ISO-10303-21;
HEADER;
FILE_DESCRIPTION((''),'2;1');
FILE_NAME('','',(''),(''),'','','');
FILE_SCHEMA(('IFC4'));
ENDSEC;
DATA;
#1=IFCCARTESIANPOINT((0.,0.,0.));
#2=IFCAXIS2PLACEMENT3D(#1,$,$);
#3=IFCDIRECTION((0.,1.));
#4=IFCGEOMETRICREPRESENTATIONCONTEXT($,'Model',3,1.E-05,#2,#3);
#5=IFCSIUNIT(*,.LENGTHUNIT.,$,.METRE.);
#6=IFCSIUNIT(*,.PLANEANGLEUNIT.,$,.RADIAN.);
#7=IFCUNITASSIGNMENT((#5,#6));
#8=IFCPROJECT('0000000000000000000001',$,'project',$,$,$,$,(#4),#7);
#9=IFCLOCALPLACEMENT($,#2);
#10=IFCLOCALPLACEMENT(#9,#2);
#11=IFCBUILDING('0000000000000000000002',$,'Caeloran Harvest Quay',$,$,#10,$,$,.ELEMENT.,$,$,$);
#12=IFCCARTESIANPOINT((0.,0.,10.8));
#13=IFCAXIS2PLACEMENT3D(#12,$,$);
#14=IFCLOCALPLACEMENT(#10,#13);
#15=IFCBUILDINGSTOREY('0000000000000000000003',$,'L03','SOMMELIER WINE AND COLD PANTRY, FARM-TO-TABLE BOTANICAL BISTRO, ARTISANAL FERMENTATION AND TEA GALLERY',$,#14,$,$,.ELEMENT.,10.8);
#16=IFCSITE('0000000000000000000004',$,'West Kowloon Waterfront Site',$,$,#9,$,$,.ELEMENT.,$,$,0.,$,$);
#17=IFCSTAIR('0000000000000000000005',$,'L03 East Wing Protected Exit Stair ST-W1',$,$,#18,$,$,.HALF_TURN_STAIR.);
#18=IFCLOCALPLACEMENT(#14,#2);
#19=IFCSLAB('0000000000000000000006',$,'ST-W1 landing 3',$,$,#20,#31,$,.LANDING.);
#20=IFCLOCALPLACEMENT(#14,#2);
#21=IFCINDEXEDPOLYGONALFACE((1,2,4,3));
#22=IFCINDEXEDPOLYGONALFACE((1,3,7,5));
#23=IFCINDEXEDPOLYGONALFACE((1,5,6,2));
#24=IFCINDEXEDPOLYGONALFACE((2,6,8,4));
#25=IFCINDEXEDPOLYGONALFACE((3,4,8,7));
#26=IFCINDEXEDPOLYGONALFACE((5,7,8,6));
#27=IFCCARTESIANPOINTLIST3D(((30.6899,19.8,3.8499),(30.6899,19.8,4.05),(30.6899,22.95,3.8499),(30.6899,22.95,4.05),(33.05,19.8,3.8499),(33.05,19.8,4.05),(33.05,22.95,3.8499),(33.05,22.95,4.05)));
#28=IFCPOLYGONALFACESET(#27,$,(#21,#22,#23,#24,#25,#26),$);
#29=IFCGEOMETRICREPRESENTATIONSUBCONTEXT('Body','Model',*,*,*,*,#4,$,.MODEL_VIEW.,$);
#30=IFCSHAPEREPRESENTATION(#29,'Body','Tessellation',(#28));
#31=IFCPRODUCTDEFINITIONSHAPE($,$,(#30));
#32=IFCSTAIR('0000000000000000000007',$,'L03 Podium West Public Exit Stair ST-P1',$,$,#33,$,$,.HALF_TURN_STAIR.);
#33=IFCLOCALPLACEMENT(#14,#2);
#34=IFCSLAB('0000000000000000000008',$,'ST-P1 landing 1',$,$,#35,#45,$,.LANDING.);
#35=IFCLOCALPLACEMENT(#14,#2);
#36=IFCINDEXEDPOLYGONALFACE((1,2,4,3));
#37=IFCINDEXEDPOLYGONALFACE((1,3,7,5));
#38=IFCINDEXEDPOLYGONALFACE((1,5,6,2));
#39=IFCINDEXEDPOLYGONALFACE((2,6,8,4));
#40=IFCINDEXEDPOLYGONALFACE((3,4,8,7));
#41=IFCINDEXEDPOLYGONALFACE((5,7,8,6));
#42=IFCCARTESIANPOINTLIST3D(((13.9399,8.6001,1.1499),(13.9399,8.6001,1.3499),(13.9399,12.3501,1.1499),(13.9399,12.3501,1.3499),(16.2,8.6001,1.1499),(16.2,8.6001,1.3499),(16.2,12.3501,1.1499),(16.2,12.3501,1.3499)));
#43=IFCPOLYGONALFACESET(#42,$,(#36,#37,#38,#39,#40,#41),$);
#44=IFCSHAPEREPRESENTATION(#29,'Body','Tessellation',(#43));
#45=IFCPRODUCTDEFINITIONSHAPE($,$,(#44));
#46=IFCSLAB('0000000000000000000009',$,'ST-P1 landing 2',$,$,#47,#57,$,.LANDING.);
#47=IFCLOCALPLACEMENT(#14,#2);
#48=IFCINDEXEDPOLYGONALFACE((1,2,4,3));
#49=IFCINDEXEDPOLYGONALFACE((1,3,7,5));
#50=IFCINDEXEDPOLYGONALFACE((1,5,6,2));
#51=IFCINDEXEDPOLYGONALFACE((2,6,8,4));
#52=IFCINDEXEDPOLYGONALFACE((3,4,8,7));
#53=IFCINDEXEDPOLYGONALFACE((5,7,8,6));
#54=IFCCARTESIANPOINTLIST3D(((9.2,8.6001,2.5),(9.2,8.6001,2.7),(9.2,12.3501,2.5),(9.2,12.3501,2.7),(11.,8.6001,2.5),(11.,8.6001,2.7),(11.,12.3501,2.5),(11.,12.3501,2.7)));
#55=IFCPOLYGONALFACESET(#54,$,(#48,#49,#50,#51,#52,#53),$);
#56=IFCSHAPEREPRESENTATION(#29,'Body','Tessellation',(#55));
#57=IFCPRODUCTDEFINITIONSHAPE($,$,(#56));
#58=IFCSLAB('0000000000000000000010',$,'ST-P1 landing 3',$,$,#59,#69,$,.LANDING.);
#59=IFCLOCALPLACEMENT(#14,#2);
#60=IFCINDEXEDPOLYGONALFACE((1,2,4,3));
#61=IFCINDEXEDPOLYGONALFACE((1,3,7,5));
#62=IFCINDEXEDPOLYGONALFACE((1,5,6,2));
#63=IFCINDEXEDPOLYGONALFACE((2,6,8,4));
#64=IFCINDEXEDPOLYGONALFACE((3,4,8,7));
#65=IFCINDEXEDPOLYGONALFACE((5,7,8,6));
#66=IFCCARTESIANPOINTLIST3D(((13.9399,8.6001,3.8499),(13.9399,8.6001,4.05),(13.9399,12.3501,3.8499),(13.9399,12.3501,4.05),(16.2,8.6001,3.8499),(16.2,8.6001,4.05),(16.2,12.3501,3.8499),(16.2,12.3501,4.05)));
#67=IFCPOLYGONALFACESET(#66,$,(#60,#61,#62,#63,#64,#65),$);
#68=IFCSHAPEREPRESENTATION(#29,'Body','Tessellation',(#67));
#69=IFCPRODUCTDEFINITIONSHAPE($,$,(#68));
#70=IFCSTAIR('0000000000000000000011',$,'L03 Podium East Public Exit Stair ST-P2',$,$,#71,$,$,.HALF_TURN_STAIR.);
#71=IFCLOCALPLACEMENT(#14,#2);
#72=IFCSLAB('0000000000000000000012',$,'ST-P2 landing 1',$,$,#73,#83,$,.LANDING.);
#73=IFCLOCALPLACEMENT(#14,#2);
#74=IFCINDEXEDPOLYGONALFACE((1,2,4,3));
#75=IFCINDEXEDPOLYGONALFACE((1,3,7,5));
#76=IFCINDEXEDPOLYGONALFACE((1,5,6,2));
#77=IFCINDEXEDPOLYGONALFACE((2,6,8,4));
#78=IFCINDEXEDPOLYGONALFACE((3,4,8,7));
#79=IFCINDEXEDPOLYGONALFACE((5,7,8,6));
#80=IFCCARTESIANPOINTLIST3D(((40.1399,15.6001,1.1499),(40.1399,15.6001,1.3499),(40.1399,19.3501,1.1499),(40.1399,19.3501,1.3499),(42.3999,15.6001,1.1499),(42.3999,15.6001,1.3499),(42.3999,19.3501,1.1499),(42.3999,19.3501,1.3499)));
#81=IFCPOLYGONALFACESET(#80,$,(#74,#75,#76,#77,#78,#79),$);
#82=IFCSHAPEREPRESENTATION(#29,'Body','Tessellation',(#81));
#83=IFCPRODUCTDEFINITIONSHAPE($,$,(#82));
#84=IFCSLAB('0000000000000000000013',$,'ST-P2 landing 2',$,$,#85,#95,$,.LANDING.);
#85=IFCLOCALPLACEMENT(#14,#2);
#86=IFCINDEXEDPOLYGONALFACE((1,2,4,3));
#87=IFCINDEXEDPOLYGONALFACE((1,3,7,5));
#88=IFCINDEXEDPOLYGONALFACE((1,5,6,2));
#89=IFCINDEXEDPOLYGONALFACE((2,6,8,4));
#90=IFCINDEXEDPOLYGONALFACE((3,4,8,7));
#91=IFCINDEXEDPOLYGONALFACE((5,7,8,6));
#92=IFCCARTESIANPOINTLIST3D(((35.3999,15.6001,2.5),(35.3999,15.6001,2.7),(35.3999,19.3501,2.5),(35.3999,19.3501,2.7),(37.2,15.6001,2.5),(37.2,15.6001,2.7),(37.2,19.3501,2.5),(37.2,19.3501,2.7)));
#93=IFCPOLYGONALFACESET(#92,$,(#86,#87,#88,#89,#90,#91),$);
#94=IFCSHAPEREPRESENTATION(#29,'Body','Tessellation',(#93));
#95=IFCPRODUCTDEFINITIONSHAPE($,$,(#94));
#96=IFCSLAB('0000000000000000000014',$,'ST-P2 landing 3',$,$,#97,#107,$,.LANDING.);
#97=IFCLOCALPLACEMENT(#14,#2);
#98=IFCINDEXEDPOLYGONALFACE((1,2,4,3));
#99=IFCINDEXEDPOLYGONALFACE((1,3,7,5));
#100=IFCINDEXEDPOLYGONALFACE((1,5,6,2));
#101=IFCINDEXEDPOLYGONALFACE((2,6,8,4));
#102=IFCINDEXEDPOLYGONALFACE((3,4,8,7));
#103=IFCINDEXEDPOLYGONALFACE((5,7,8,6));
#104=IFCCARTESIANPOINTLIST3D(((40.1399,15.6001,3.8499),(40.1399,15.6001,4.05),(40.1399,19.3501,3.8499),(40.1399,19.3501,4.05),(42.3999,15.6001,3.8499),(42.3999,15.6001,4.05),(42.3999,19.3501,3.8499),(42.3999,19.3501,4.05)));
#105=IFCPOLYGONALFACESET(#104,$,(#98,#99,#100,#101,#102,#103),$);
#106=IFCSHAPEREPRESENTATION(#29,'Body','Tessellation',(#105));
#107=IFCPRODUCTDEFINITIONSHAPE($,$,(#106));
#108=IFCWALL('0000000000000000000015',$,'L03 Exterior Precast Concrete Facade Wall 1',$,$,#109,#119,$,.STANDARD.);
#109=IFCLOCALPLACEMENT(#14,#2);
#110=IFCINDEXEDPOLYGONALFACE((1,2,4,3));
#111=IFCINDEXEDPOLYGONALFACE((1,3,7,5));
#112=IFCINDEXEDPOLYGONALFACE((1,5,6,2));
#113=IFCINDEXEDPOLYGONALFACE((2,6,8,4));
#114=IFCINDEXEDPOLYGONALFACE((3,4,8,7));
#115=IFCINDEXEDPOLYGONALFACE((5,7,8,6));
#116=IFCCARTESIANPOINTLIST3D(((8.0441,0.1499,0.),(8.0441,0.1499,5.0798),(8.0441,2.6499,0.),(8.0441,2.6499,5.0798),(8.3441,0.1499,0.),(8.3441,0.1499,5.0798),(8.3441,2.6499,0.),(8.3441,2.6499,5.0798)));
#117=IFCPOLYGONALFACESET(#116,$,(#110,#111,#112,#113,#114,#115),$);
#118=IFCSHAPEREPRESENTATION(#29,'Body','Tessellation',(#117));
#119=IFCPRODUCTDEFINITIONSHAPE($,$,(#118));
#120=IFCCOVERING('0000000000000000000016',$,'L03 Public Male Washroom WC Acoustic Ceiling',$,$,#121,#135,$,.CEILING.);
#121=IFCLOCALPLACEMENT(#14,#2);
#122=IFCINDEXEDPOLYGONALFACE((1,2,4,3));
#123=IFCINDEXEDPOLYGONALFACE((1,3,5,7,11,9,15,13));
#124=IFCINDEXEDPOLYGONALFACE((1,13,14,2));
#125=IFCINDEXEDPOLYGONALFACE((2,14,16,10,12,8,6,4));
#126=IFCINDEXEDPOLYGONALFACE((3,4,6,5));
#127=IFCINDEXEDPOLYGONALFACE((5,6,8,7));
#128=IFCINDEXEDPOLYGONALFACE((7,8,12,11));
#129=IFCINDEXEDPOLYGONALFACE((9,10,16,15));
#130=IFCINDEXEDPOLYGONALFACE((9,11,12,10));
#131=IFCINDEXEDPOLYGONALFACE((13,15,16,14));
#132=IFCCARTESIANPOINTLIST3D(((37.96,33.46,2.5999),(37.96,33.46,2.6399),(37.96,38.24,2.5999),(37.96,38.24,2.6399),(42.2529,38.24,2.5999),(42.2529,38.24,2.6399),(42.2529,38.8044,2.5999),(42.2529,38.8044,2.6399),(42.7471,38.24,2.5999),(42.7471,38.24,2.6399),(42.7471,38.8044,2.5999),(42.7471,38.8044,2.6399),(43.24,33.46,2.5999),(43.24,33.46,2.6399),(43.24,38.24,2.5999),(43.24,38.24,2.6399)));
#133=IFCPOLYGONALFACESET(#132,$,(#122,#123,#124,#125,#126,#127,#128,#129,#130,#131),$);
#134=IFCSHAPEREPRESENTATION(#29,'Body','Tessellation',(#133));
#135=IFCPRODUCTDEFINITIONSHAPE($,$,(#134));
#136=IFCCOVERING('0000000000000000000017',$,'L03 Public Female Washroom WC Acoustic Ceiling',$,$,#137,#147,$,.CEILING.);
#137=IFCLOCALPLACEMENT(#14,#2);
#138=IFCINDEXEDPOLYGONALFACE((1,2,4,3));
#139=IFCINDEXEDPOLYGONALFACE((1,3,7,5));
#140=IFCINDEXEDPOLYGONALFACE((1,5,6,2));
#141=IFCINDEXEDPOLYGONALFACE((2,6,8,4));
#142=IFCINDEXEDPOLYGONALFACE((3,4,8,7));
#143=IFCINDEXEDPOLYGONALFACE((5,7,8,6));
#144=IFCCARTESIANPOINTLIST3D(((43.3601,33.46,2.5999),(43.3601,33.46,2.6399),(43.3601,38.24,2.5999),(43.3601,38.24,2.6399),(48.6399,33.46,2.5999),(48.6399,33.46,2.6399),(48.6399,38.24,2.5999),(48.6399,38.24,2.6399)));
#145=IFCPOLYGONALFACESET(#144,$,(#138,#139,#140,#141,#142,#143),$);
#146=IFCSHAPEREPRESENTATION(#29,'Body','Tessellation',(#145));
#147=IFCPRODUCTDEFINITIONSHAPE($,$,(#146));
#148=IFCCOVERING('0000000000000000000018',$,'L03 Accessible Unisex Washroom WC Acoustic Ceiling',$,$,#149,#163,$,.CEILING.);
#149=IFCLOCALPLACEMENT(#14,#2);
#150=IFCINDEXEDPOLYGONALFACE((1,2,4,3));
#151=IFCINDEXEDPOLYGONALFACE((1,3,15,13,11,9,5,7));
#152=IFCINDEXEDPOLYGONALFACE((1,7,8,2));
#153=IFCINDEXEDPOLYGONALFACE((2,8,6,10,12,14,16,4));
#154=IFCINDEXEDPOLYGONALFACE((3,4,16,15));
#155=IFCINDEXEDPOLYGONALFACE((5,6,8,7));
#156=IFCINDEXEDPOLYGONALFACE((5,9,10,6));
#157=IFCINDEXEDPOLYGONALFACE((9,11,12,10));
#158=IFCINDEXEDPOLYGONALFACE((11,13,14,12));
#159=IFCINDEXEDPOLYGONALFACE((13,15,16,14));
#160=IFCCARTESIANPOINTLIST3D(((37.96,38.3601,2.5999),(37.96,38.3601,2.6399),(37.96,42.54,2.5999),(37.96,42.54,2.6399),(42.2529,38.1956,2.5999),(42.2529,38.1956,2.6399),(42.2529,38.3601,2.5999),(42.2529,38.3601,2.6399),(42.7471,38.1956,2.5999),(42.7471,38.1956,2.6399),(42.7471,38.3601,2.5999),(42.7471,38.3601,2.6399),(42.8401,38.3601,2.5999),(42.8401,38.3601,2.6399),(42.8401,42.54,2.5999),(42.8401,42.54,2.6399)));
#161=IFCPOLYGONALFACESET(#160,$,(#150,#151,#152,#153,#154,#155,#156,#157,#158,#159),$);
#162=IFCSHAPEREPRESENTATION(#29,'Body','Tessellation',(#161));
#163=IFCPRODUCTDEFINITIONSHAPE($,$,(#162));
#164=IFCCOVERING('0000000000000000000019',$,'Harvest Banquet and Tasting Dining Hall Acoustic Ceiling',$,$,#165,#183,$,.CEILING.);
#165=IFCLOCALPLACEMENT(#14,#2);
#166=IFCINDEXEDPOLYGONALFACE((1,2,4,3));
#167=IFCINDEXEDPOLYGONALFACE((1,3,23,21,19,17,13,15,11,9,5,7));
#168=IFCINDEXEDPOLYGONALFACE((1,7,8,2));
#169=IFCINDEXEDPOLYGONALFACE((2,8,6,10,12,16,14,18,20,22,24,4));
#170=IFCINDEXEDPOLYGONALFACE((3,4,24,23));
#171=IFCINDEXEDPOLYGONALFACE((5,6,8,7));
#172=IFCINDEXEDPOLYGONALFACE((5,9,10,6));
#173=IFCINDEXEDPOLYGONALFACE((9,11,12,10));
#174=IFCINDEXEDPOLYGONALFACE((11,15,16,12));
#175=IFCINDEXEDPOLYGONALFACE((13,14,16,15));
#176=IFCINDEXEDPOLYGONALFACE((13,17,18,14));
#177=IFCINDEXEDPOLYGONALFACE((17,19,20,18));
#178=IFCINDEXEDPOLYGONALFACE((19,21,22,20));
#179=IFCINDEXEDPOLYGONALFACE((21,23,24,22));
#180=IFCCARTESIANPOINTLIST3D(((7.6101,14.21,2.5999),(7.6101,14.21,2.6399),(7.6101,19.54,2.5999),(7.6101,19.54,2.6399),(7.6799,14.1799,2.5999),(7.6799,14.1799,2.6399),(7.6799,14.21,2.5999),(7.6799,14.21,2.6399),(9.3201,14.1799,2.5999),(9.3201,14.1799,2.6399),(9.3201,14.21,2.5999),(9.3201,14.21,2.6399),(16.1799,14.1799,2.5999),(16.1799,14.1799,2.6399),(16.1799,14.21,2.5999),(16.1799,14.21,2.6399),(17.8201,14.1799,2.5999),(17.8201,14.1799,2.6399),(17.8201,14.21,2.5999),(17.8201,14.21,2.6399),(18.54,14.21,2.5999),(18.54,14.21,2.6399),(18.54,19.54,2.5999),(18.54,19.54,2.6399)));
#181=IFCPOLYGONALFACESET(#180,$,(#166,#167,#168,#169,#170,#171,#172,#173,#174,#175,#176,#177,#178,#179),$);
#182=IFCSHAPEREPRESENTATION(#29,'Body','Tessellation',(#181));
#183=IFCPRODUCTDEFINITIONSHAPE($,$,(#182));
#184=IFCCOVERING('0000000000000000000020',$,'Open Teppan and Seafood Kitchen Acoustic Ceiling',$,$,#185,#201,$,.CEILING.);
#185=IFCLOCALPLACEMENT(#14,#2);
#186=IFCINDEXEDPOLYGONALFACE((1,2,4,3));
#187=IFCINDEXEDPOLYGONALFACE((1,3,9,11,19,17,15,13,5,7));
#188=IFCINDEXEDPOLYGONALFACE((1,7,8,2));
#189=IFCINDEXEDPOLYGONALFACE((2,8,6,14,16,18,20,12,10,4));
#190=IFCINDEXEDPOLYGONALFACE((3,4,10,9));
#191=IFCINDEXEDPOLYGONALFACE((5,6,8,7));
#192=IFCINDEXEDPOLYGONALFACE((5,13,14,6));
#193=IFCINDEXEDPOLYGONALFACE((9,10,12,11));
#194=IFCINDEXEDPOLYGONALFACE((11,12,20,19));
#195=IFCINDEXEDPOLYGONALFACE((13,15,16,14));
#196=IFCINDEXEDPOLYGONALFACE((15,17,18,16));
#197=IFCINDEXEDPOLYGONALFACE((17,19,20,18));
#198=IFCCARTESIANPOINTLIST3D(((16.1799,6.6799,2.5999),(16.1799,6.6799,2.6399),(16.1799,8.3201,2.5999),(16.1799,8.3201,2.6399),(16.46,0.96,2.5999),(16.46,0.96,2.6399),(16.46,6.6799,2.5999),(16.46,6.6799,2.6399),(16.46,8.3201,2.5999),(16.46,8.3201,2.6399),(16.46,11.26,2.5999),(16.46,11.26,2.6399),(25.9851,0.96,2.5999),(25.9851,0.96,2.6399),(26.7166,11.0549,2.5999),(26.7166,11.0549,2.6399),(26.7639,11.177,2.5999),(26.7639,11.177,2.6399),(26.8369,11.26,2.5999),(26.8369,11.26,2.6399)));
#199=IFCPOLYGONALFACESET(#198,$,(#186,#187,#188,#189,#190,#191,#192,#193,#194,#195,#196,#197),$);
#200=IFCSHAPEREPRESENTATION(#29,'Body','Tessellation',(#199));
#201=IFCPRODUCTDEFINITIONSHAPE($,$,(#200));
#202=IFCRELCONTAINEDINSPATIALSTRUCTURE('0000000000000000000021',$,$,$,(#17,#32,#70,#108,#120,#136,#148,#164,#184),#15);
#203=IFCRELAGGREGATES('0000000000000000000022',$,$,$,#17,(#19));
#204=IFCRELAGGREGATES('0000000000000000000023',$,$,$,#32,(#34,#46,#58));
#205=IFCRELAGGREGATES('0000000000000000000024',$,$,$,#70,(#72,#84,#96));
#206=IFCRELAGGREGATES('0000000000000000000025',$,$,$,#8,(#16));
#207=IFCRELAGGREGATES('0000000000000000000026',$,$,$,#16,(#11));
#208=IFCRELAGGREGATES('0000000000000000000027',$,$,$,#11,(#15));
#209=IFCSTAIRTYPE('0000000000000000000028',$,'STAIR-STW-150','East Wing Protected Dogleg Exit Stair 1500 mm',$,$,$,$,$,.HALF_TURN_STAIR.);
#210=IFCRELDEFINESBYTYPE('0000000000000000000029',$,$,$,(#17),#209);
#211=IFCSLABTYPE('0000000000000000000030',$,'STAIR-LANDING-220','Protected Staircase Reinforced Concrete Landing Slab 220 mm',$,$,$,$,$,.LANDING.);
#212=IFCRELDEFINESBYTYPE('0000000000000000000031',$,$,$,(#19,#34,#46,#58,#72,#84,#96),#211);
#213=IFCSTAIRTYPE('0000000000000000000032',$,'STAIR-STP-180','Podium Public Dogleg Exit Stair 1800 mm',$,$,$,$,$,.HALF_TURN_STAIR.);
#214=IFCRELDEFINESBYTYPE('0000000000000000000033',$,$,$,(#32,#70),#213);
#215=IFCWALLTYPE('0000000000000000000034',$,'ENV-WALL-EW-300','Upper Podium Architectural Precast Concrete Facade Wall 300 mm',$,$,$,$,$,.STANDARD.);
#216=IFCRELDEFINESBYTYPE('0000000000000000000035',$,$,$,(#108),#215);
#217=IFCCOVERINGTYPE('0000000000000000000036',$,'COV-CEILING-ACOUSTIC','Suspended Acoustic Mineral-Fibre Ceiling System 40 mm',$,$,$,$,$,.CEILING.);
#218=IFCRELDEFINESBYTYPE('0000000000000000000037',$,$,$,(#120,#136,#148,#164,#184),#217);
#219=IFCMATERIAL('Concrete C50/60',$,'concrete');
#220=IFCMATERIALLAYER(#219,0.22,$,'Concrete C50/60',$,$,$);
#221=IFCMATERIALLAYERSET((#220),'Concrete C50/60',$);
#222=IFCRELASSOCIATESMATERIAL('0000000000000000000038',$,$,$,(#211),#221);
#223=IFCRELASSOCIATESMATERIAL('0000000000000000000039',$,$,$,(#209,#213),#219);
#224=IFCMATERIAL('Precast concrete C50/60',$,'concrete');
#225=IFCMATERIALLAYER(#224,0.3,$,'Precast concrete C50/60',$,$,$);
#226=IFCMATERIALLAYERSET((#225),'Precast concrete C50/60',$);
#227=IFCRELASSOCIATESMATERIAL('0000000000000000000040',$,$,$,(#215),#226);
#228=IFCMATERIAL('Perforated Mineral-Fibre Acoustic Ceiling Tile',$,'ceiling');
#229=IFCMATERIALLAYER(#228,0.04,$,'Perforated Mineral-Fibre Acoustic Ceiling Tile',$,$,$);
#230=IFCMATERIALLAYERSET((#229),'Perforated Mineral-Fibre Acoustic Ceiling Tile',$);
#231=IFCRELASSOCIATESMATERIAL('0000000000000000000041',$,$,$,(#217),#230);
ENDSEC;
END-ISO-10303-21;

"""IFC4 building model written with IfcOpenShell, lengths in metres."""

from ifc_helpers import new_model, si_unit, direction, frame, frame_2d, origin, place, context, subcontext, project, spatial, polyline, rectangle, outline, extrude, material, layer, layer_set, type_object, element, aggregate, save


model = new_model("IFC4")

# Units and contexts
model_context = context("Model", 3, precision=1e-05, world=origin(), true_north=direction((0.0, 1.0)))
body_context = subcontext(model_context, "Body", "Model", "MODEL_VIEW")
ifc_project = project(units=[si_unit("LENGTHUNIT", "METRE"), si_unit("PLANEANGLEUNIT", "RADIAN")], contexts=[model_context])

# Site, building, storey
site_placement = place(None, origin())
site = spatial("IfcSite", under=ifc_project, at=site_placement, Name="West Kowloon Waterfront Site", CompositionType="ELEMENT", RefElevation=0.0)
building_placement = place(site_placement, origin())
building = spatial("IfcBuilding", under=site, at=building_placement, Name="Caeloran Harvest Quay", CompositionType="ELEMENT")
storey_placement = place(building_placement, frame((0.0, 0.0, 10.8)))
storey = spatial("IfcBuildingStorey", under=building, at=storey_placement, Name="L03", Description="SOMMELIER WINE AND COLD PANTRY, FARM-TO-TABLE BOTANICAL BISTRO, ARTISANAL FERMENTATION AND TEA GALLERY", CompositionType="ELEMENT", Elevation=10.8)

# Shared definitions
ifc_material_1 = material(Name="Concrete C50/60", Category="concrete")

# Stairs, slabs
ifc_layer_1 = layer(ifc_material_1, 0.22, Name="Concrete C50/60")
ifc_layer_set_1 = layer_set([ifc_layer_1], Name="Concrete C50/60")
slab_type_1 = type_object("IfcSlabType", Name="STAIR-LANDING-220", Description="Protected Staircase Reinforced Concrete Landing Slab 220 mm", PredefinedType="LANDING", material=ifc_layer_set_1)
stair_type_1 = type_object("IfcStairType", Name="STAIR-STW-150", Description="East Wing Protected Dogleg Exit Stair 1500 mm", PredefinedType="HALF_TURN_STAIR", material=ifc_material_1)
stair_1_placement = place(storey_placement, origin())
stair_1 = element("IfcStair", 1, at=stair_1_placement, inside=storey, type_object=stair_type_1, Name="L03 East Wing Protected Exit Stair ST-W1", PredefinedType="HALF_TURN_STAIR")
slab_1_placement = place(storey_placement, frame((0.0, 0.0, 3.8499)))
slab_1 = element("IfcSlab", 2, at=slab_1_placement, type_object=slab_type_1, Name="ST-W1 landing 3", PredefinedType="LANDING", context=body_context, shape_type="SweptSolid", body=[
    extrude(outline(polyline([(30.6899, 19.8), (33.05, 19.8), (33.05, 22.95), (30.6899, 22.95), (30.6899, 19.8)])), origin(), (0.0, 0.0, 1.0), 0.2002),
])
aggregate(stair_1, [slab_1])
stair_type_2 = type_object("IfcStairType", Name="STAIR-STP-180", Description="Podium Public Dogleg Exit Stair 1800 mm", PredefinedType="HALF_TURN_STAIR", material=ifc_material_1)
stair_2_placement = place(storey_placement, origin())
stair_2 = element("IfcStair", 3, at=stair_2_placement, inside=storey, type_object=stair_type_2, Name="L03 Podium West Public Exit Stair ST-P1", PredefinedType="HALF_TURN_STAIR")
slab_2_placement = place(storey_placement, frame((0.0, 0.0, 1.1499)))
slab_2 = element("IfcSlab", 4, at=slab_2_placement, type_object=slab_type_1, Name="ST-P1 landing 1", PredefinedType="LANDING", context=body_context, shape_type="SweptSolid", body=[
    extrude(outline(polyline([(13.9399, 8.6001), (16.2, 8.6001), (16.2, 12.3501), (13.9399, 12.3501), (13.9399, 8.6001)])), origin(), (0.0, 0.0, 1.0), 0.2),
])
slab_3_placement = place(storey_placement, frame((0.0, 0.0, 2.5)))
slab_3 = element("IfcSlab", 5, at=slab_3_placement, type_object=slab_type_1, Name="ST-P1 landing 2", PredefinedType="LANDING", context=body_context, shape_type="SweptSolid", body=[
    extrude(outline(polyline([(9.2, 8.6001), (11.0, 8.6001), (11.0, 12.3501), (9.2, 12.3501), (9.2, 8.6001)])), origin(), (0.0, 0.0, 1.0), 0.2),
])
slab_4_placement = place(storey_placement, frame((0.0, 0.0, 3.8499)))
slab_4 = element("IfcSlab", 6, at=slab_4_placement, type_object=slab_type_1, Name="ST-P1 landing 3", PredefinedType="LANDING", context=body_context, shape_type="SweptSolid", body=[
    extrude(outline(polyline([(13.9399, 8.6001), (16.2, 8.6001), (16.2, 12.3501), (13.9399, 12.3501), (13.9399, 8.6001)])), origin(), (0.0, 0.0, 1.0), 0.2002),
])
aggregate(stair_2, [slab_2, slab_3, slab_4])
stair_3_placement = place(storey_placement, origin())
stair_3 = element("IfcStair", 7, at=stair_3_placement, inside=storey, type_object=stair_type_2, Name="L03 Podium East Public Exit Stair ST-P2", PredefinedType="HALF_TURN_STAIR")
slab_5_placement = place(storey_placement, frame((0.0, 0.0, 1.1499)))
slab_5 = element("IfcSlab", 8, at=slab_5_placement, type_object=slab_type_1, Name="ST-P2 landing 1", PredefinedType="LANDING", context=body_context, shape_type="SweptSolid", body=[
    extrude(outline(polyline([(40.1399, 15.6001), (42.3999, 15.6001), (42.3999, 19.3501), (40.1399, 19.3501), (40.1399, 15.6001)])), origin(), (0.0, 0.0, 1.0), 0.2),
])
slab_6_placement = place(storey_placement, frame((0.0, 0.0, 2.5)))
slab_6 = element("IfcSlab", 9, at=slab_6_placement, type_object=slab_type_1, Name="ST-P2 landing 2", PredefinedType="LANDING", context=body_context, shape_type="SweptSolid", body=[
    extrude(outline(polyline([(35.3999, 15.6001), (37.2, 15.6001), (37.2, 19.3501), (35.3999, 19.3501), (35.3999, 15.6001)])), origin(), (0.0, 0.0, 1.0), 0.2),
])
slab_7_placement = place(storey_placement, frame((0.0, 0.0, 3.8499)))
slab_7 = element("IfcSlab", 10, at=slab_7_placement, type_object=slab_type_1, Name="ST-P2 landing 3", PredefinedType="LANDING", context=body_context, shape_type="SweptSolid", body=[
    extrude(outline(polyline([(40.1399, 15.6001), (42.3999, 15.6001), (42.3999, 19.3501), (40.1399, 19.3501), (40.1399, 15.6001)])), origin(), (0.0, 0.0, 1.0), 0.2002),
])
aggregate(stair_3, [slab_5, slab_6, slab_7])

# Wall
ifc_material_2 = material(Name="Precast concrete C50/60", Category="concrete")
ifc_layer_2 = layer(ifc_material_2, 0.3, Name="Precast concrete C50/60")
ifc_layer_set_2 = layer_set([ifc_layer_2], Name="Precast concrete C50/60")
wall_type = type_object("IfcWallType", Name="ENV-WALL-EW-300", Description="Upper Podium Architectural Precast Concrete Facade Wall 300 mm", PredefinedType="STANDARD", material=ifc_layer_set_2)
wall_placement = place(storey_placement, frame((8.1941, 0.1499, 0.0), z_axis=(0.0, 0.0, 1.0), x_axis=(0.0, 1.0, 0.0)))
element("IfcWall", 11, at=wall_placement, inside=storey, type_object=wall_type, Name="L03 Exterior Precast Concrete Facade Wall 1", PredefinedType="STANDARD", context=body_context, shape_type="SweptSolid", body=[
    extrude(rectangle(XDim=2.5, YDim=0.3, at=frame_2d((1.25, 0.0))), origin(), (0.0, 0.0, 1.0), 5.0798),
])

# Coverings
ifc_material_3 = material(Name="Perforated Mineral-Fibre Acoustic Ceiling Tile", Category="ceiling")
ifc_layer_3 = layer(ifc_material_3, 0.04, Name="Perforated Mineral-Fibre Acoustic Ceiling Tile")
ifc_layer_set_3 = layer_set([ifc_layer_3], Name="Perforated Mineral-Fibre Acoustic Ceiling Tile")
covering_type_1 = type_object("IfcCoveringType", Name="COV-CEILING-ACOUSTIC", Description="Suspended Acoustic Mineral-Fibre Ceiling System 40 mm", PredefinedType="CEILING", material=ifc_layer_set_3)
covering_1_placement = place(storey_placement, frame((0.0, 0.0, 2.5999)))
element("IfcCovering", 12, at=covering_1_placement, inside=storey, type_object=covering_type_1, Name="L03 Public Male Washroom WC Acoustic Ceiling", PredefinedType="CEILING", context=body_context, shape_type="SweptSolid", body=[
    extrude(outline(polyline([(43.24, 33.46), (37.96, 33.46), (37.96, 38.24), (42.2529, 38.24), (42.2529, 38.8044), (42.7471, 38.8044), (42.7471, 38.24), (43.24, 38.24), (43.24, 33.46)])), origin(), (0.0, 0.0, 1.0), 0.04),
])
covering_2_placement = place(storey_placement, frame((0.0, 0.0, 2.5999)))
element("IfcCovering", 13, at=covering_2_placement, inside=storey, type_object=covering_type_1, Name="L03 Public Female Washroom WC Acoustic Ceiling", PredefinedType="CEILING", context=body_context, shape_type="SweptSolid", body=[
    extrude(outline(polyline([(48.6399, 38.24), (48.6399, 33.46), (43.3601, 33.46), (43.3601, 38.24), (48.6399, 38.24)])), origin(), (0.0, 0.0, 1.0), 0.04),
])
covering_3_placement = place(storey_placement, frame((0.0, 0.0, 2.5999)))
element("IfcCovering", 14, at=covering_3_placement, inside=storey, type_object=covering_type_1, Name="L03 Accessible Unisex Washroom WC Acoustic Ceiling", PredefinedType="CEILING", context=body_context, shape_type="SweptSolid", body=[
    extrude(outline(polyline([(42.7471, 38.1956), (42.2529, 38.1956), (42.2529, 38.3601), (37.96, 38.3601), (37.96, 42.54), (42.8401, 42.54), (42.8401, 38.3601), (42.7471, 38.3601), (42.7471, 38.1956)])), origin(), (0.0, 0.0, 1.0), 0.04),
])
covering_4_placement = place(storey_placement, frame((0.0, 0.0, 2.5999)))
element("IfcCovering", 15, at=covering_4_placement, inside=storey, type_object=covering_type_1, Name="Harvest Banquet and Tasting Dining Hall Acoustic Ceiling", PredefinedType="CEILING", context=body_context, shape_type="SweptSolid", body=[
    extrude(outline(polyline([(9.3201, 14.1799), (7.6799, 14.1799), (7.6799, 14.21), (7.6101, 14.21), (7.6101, 19.54), (18.54, 19.54), (18.54, 14.21), (17.8201, 14.21), (17.8201, 14.1799), (16.1799, 14.1799), (16.1799, 14.21), (9.3201, 14.21), (9.3201, 14.1799)])), origin(), (0.0, 0.0, 1.0), 0.04),
])
covering_5_placement = place(storey_placement, frame((0.0, 0.0, 2.5999)))
element("IfcCovering", 16, at=covering_5_placement, inside=storey, type_object=covering_type_1, Name="Open Teppan and Seafood Kitchen Acoustic Ceiling", PredefinedType="CEILING", context=body_context, shape_type="SweptSolid", body=[
    extrude(outline(polyline([(26.7639, 11.177), (26.7166, 11.0549), (25.9851, 0.96), (16.46, 0.96), (16.46, 6.6799), (16.1799, 6.6799), (16.1799, 8.3201), (16.46, 8.3201), (16.46, 11.26), (26.8369, 11.26), (26.7639, 11.177)])), origin(), (0.0, 0.0, 1.0), 0.04),
])

save(model, "model.ifc")
